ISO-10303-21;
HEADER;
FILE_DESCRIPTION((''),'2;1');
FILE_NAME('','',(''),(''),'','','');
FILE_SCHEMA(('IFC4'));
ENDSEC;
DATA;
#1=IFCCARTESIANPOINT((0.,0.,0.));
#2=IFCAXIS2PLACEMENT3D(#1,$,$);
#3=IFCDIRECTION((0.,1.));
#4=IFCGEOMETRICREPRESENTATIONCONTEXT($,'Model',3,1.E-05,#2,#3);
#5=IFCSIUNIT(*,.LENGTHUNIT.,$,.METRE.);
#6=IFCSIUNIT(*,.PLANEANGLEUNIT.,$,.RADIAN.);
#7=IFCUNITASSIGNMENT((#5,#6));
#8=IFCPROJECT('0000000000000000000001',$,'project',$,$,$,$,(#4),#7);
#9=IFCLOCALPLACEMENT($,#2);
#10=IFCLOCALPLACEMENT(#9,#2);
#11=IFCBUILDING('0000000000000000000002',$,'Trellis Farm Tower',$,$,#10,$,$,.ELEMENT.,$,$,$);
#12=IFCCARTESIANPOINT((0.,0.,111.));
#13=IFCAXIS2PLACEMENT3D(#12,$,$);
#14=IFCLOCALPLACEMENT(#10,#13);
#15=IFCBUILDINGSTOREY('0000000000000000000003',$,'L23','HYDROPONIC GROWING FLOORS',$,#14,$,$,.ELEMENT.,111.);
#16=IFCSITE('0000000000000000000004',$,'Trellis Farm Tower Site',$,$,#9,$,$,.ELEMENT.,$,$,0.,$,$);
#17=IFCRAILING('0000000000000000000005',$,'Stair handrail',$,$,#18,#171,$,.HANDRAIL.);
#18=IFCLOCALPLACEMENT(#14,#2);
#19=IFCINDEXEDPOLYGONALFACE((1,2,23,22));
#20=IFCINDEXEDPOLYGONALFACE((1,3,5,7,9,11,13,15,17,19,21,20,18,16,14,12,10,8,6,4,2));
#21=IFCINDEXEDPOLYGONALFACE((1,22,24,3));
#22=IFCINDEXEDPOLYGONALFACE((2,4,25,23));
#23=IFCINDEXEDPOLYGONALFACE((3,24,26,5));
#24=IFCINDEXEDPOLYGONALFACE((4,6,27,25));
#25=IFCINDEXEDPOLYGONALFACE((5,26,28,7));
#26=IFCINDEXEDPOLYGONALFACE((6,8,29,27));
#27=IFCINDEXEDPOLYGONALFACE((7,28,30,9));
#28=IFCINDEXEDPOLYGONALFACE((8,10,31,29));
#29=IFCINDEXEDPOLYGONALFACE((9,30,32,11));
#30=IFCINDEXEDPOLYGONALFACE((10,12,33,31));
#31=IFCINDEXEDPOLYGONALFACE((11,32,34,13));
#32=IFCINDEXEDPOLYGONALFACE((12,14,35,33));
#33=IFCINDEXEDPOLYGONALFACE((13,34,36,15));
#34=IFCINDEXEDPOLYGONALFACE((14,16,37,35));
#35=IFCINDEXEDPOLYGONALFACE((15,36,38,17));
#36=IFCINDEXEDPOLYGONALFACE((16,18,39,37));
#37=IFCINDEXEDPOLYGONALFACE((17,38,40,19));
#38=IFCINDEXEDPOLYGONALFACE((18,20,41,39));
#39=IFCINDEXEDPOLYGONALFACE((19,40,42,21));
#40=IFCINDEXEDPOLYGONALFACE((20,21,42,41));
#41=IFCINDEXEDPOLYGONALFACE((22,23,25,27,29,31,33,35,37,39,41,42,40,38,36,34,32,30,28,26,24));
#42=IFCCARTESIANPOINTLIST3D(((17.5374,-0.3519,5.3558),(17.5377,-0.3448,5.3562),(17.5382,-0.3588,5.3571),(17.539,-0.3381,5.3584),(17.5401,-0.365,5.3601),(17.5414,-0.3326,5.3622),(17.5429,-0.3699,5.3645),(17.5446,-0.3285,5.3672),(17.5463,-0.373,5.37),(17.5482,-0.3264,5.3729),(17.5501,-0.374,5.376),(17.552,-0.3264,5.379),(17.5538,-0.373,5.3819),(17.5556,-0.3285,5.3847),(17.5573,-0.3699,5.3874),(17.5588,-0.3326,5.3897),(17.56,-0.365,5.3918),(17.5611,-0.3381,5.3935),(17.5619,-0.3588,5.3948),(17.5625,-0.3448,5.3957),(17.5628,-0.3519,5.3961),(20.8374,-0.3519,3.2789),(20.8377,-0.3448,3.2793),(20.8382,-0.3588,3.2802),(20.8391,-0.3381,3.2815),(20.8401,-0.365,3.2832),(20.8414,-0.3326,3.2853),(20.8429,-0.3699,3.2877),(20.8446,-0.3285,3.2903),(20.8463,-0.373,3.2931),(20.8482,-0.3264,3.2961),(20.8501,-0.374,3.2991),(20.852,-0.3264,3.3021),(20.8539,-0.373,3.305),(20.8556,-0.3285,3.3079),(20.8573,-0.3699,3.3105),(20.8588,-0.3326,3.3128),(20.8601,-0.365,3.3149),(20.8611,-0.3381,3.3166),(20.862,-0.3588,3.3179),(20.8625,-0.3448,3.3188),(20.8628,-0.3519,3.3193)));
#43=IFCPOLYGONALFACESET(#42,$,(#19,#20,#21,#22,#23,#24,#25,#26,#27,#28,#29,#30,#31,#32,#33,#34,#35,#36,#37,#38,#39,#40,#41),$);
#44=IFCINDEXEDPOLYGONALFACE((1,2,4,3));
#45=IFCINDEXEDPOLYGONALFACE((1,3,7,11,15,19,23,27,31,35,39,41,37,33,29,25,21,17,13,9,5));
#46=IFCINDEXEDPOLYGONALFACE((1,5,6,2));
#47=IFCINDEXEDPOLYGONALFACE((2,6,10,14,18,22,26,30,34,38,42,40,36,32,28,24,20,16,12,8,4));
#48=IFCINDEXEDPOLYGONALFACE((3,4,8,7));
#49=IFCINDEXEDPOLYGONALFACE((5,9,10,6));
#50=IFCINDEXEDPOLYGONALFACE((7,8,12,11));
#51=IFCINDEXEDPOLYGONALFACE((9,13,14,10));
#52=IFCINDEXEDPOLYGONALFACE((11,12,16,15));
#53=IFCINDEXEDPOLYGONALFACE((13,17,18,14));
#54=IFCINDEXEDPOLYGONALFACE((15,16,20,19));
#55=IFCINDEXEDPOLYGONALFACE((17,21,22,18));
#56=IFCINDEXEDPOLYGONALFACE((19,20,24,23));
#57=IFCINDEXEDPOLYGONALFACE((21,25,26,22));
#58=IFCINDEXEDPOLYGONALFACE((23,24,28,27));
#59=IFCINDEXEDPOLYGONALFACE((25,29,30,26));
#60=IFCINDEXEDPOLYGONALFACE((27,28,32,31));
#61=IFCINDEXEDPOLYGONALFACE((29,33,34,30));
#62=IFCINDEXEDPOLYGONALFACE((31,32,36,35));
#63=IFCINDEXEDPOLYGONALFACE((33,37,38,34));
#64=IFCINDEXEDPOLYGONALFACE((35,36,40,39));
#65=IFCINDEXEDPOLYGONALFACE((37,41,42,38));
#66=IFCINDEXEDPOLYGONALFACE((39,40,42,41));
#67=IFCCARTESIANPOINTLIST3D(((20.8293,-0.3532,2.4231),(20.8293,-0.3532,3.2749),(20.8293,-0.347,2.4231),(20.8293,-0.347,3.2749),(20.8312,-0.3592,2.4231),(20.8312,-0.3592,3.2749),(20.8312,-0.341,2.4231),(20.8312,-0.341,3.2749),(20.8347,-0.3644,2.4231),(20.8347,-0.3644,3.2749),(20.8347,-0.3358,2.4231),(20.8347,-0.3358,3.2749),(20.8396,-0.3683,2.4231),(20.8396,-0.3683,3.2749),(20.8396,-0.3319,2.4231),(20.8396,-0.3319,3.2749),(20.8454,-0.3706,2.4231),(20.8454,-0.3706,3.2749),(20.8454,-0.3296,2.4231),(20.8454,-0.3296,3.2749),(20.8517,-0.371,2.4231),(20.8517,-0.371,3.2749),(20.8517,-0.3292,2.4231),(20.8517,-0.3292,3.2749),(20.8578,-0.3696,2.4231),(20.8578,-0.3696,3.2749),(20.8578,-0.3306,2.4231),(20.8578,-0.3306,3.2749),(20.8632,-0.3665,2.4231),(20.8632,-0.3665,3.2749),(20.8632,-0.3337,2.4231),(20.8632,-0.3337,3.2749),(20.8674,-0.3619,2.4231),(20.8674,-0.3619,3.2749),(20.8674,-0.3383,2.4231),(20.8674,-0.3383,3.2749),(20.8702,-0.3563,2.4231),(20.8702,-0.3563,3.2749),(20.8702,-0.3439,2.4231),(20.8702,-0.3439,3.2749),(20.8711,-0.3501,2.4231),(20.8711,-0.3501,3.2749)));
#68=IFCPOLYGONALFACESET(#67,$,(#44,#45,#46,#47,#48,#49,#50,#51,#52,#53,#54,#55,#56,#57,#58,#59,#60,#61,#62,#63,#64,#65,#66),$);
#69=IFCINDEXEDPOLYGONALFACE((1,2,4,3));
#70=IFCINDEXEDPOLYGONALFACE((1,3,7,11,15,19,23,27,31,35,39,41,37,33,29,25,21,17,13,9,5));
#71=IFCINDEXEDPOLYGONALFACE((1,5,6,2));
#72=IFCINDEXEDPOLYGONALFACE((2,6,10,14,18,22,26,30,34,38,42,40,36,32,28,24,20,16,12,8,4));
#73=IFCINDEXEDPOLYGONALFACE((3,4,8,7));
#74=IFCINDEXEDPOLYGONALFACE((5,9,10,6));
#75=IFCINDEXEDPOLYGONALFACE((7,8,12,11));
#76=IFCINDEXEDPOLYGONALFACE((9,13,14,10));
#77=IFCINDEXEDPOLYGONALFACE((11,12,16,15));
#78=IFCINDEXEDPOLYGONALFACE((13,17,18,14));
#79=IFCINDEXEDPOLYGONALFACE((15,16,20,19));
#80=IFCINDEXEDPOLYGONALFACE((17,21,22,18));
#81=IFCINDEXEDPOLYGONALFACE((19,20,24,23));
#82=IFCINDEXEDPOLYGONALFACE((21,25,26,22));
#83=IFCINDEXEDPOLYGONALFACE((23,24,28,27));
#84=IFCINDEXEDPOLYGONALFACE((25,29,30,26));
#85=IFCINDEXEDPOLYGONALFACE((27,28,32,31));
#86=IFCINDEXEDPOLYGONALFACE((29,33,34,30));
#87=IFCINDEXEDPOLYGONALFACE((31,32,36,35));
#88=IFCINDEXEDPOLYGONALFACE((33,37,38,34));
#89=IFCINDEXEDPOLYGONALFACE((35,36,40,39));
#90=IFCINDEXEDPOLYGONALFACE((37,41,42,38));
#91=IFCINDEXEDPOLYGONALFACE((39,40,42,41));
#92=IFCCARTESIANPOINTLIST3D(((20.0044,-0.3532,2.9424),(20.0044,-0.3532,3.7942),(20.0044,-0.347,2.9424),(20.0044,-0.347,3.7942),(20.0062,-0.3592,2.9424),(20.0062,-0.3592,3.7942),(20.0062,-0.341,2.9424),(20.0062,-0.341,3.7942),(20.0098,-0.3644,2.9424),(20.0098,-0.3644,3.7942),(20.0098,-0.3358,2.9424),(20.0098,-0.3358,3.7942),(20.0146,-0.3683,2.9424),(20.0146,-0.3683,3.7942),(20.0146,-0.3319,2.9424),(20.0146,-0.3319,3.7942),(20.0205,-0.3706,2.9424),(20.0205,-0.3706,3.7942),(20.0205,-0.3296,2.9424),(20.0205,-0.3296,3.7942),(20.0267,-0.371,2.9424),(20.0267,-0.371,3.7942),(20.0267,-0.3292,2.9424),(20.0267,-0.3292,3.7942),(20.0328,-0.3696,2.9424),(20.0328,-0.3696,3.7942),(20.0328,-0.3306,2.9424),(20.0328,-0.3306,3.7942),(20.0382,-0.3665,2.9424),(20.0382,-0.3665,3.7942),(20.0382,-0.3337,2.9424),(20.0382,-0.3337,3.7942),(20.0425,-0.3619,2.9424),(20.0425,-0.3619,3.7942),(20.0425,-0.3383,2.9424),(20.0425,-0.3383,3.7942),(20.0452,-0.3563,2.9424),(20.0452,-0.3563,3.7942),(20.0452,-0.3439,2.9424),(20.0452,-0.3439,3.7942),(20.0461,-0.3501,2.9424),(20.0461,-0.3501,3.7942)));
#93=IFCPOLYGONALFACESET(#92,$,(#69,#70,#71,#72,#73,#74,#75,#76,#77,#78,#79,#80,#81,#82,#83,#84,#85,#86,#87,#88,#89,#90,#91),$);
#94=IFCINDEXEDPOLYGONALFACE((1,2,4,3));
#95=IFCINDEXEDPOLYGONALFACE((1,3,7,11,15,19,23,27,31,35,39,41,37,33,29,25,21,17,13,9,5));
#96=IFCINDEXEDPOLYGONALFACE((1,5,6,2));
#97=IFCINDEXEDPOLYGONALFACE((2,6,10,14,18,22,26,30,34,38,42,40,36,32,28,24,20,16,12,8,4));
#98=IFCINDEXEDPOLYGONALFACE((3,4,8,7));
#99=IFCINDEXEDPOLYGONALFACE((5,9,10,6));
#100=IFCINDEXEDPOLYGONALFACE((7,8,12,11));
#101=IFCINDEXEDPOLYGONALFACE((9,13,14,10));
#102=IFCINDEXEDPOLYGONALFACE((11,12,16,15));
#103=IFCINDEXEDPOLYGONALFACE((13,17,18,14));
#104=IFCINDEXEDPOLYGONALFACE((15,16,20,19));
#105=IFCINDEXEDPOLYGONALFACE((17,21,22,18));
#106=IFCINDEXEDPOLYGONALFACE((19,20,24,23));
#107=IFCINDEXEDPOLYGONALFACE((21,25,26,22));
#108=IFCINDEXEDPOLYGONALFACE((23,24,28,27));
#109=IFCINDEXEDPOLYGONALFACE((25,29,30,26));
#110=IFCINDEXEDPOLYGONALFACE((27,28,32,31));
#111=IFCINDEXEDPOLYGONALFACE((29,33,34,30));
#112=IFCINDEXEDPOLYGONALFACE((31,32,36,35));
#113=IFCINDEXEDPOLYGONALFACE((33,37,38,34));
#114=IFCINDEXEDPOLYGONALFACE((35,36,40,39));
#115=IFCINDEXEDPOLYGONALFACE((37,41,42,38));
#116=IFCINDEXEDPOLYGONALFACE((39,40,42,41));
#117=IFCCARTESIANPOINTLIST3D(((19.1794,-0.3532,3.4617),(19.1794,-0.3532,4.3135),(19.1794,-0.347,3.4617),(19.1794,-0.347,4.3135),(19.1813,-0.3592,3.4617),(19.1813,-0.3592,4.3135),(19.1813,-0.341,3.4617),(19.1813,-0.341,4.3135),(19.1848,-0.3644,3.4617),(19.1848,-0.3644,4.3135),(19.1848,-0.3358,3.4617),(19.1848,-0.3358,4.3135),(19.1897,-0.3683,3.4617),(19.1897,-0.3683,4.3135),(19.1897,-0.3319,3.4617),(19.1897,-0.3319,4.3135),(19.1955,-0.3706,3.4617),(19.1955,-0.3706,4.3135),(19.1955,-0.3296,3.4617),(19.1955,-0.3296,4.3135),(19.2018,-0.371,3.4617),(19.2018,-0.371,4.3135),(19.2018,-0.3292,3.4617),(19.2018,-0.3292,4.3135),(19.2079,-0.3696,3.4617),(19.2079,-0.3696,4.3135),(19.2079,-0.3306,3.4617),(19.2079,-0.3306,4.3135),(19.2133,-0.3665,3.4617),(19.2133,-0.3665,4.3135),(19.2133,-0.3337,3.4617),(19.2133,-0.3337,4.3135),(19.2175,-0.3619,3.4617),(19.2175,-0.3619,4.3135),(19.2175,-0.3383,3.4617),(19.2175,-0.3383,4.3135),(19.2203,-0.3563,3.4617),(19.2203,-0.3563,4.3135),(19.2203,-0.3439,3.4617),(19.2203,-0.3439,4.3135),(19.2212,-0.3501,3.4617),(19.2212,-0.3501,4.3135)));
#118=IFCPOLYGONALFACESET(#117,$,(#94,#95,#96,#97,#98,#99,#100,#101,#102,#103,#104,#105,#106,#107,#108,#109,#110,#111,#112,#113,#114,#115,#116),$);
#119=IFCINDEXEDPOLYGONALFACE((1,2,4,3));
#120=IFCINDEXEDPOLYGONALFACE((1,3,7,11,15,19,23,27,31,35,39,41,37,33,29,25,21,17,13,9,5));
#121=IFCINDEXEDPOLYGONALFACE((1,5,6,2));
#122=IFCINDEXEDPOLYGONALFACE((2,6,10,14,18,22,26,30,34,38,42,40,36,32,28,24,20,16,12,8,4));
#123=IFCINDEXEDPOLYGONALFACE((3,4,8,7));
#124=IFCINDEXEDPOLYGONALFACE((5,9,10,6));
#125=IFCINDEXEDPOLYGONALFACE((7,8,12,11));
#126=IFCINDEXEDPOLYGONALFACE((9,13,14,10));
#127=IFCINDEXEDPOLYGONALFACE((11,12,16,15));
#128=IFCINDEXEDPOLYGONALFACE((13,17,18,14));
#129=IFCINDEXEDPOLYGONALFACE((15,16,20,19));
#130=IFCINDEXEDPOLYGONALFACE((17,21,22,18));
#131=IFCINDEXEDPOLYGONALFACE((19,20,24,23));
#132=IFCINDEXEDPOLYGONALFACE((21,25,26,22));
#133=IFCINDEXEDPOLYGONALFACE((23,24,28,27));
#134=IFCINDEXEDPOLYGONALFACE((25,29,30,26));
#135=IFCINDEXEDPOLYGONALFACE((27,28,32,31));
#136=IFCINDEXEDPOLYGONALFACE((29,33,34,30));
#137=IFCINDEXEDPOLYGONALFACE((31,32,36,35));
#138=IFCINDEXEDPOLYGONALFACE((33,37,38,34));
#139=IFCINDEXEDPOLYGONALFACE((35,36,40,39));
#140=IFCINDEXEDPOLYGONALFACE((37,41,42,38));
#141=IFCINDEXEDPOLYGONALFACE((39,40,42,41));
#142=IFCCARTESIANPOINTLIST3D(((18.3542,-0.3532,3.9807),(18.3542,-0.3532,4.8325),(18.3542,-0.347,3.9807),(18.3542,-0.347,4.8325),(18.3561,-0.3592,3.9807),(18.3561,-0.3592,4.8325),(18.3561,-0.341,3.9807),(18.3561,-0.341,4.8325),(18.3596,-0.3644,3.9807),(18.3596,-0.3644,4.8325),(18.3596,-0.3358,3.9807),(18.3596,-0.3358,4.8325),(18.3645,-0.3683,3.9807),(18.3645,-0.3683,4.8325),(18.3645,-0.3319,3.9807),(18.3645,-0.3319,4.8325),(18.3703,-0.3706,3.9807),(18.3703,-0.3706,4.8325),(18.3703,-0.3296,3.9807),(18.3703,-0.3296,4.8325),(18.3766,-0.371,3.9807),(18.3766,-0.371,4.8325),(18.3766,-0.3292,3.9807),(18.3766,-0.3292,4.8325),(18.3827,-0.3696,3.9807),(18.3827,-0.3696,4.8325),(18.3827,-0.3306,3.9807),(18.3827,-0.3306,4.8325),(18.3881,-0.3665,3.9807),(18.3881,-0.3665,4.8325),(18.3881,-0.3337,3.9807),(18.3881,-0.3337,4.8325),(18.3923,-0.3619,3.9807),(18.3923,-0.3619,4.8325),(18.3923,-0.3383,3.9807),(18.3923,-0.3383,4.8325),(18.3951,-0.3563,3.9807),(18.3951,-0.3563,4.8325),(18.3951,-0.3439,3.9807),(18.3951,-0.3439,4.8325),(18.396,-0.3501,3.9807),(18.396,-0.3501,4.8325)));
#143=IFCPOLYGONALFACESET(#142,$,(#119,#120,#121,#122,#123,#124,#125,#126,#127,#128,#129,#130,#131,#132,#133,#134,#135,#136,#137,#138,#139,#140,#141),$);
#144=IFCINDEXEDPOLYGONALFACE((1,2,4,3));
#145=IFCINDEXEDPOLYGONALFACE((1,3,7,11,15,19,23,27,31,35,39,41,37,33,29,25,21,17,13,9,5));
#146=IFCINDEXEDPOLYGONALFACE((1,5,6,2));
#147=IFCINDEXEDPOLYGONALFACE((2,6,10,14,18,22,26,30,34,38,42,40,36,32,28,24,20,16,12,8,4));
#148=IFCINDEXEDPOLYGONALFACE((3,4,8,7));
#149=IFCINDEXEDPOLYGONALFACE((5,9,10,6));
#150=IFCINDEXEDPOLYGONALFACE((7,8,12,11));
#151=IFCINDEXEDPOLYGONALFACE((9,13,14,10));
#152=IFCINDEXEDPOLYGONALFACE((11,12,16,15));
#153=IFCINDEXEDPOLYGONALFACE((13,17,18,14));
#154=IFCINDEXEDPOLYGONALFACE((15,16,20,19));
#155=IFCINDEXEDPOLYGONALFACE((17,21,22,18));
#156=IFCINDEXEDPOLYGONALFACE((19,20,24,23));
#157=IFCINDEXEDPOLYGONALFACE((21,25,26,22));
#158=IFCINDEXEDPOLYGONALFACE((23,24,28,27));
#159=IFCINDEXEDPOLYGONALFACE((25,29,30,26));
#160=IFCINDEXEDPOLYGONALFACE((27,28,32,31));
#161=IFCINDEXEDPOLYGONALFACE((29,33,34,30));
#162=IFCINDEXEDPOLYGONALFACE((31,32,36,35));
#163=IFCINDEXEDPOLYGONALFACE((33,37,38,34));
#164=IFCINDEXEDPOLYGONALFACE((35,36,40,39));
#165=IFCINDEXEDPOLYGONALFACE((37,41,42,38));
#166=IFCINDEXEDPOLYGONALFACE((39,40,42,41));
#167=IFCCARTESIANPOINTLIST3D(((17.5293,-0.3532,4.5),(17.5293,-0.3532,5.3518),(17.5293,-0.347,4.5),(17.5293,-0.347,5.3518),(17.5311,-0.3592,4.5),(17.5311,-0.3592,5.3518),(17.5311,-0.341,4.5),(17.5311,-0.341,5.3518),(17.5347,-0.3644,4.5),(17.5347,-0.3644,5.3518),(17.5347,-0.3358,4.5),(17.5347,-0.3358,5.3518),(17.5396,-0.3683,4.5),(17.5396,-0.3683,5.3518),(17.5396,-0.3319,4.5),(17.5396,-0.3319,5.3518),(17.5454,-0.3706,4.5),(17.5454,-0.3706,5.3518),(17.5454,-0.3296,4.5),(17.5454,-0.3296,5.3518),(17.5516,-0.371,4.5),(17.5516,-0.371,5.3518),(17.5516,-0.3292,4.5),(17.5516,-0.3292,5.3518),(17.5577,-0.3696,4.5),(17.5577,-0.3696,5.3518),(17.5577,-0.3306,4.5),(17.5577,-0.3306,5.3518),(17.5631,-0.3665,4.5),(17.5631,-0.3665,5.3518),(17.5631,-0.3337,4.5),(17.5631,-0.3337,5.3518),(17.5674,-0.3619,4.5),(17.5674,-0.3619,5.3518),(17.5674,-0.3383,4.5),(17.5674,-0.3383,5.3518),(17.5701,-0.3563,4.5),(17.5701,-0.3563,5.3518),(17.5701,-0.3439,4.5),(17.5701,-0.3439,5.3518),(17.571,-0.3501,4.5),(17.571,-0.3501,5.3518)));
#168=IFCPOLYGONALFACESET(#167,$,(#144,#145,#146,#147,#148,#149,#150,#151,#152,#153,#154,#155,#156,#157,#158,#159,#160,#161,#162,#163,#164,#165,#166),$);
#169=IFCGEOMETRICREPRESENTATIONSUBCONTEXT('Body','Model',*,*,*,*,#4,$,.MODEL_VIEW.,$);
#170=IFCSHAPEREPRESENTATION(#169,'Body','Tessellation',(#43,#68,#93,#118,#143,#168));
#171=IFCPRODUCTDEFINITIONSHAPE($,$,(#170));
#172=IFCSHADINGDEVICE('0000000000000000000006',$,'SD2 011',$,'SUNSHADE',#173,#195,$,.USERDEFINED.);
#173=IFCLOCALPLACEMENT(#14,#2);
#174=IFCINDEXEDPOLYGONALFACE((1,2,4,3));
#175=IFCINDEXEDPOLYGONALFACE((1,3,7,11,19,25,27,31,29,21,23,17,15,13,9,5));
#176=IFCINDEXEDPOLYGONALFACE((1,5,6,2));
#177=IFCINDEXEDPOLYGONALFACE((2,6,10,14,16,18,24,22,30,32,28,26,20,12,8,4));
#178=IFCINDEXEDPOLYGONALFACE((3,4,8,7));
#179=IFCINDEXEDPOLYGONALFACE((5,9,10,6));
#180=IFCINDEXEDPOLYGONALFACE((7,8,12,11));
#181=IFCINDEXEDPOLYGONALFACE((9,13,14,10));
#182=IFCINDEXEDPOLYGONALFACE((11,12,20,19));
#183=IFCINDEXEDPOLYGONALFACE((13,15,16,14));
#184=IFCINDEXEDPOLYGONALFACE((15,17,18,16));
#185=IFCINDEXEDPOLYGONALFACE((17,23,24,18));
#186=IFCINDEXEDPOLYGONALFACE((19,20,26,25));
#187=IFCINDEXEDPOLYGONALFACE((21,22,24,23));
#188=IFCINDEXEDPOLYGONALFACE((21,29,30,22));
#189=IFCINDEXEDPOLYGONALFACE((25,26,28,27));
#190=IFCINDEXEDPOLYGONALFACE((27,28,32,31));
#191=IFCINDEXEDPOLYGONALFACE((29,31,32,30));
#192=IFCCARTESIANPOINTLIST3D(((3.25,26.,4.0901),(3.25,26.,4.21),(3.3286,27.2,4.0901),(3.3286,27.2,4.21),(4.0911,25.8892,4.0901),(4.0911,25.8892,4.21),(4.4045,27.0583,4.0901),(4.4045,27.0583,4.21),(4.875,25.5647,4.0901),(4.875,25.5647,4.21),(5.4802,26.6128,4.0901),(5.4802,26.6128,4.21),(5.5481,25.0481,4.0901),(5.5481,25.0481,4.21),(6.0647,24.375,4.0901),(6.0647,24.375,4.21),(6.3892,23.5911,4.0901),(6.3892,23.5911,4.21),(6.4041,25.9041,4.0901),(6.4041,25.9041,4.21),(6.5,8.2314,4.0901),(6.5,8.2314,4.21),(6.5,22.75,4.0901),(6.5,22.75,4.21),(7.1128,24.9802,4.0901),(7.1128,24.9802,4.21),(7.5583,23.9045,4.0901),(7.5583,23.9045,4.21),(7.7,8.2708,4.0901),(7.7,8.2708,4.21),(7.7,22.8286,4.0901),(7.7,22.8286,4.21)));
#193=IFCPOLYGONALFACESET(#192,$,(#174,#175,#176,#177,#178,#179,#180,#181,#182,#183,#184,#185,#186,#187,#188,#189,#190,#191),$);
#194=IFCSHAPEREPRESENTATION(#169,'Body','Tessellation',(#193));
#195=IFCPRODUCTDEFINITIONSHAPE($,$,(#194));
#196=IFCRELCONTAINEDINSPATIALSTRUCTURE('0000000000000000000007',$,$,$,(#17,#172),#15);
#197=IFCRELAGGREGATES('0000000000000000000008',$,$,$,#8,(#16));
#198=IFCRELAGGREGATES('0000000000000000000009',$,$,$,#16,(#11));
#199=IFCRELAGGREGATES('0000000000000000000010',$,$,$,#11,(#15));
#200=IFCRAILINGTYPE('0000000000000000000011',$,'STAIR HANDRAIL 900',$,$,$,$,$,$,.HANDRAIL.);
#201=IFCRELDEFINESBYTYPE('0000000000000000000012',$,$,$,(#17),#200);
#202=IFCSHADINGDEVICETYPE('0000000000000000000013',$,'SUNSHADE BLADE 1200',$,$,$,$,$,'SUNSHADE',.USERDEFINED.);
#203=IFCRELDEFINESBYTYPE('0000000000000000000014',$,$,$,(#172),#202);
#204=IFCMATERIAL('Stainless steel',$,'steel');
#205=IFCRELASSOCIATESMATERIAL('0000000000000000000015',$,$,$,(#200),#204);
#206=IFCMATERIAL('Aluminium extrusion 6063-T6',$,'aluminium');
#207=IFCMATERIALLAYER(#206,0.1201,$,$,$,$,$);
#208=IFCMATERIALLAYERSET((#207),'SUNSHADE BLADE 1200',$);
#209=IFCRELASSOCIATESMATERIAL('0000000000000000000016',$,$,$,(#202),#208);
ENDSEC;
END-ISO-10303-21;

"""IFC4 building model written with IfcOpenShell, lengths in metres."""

from ifc_helpers import new_model, si_unit, direction, frame, origin, origin_2d, place, context, subcontext, project, spatial, polyline, circle, outline, extrude, source, transform, mapped, material, layer, layer_set, type_object, element, save


model = new_model("IFC4")

# Units and contexts
model_context = context("Model", 3, precision=1e-05, world=origin(), true_north=direction((0.0, 1.0)))
body_context = subcontext(model_context, "Body", "Model", "MODEL_VIEW")
ifc_project = project(units=[si_unit("LENGTHUNIT", "METRE"), si_unit("PLANEANGLEUNIT", "RADIAN")], contexts=[model_context])

# Site, building, storey
site_placement = place(None, origin())
site = spatial("IfcSite", under=ifc_project, at=site_placement, Name="Trellis Farm Tower Site", CompositionType="ELEMENT", RefElevation=0.0)
building_placement = place(site_placement, origin())
building = spatial("IfcBuilding", under=site, at=building_placement, Name="Trellis Farm Tower", CompositionType="ELEMENT")
storey_placement = place(building_placement, frame((0.0, 0.0, 111.0)))
storey = spatial("IfcBuildingStorey", under=building, at=storey_placement, Name="L23", Description="HYDROPONIC GROWING FLOORS", CompositionType="ELEMENT", Elevation=111.0)

# Shared definitions
ifc_material_1 = material(Name="Aluminium extrusion 6063-T6", Category="aluminium")

# Shared definitions
ifc_material_2 = material(Name="Stainless steel", Category="steel")

# Railing
railing_type = type_object("IfcRailingType", Name="STAIR HANDRAIL 900", PredefinedType="HANDRAIL", material=ifc_material_2)
shared_shape_1 = source(origin(), body_context, "Body", "SweptSolid", [
    extrude(circle(Radius=0.0239, at=origin_2d()), frame((0.0, 0.0, 0.876), z_axis=(-0.846337, 0.0, 0.532647), x_axis=(0.0, -1.0, 0.0)), (0.0, 0.0, 1.0), 3.8992),
    extrude(circle(Radius=0.021, at=origin_2d()), origin(), (0.0, 0.0, 1.0), 0.8518),
    extrude(circle(Radius=0.021, at=origin_2d()), frame((-0.825, 0.0, 0.5193)), (0.0, 0.0, 1.0), 0.8518),
    extrude(circle(Radius=0.021, at=origin_2d()), frame((-1.6499, 0.0, 1.0386)), (0.0, 0.0, 1.0), 0.8518),
    extrude(circle(Radius=0.021, at=origin_2d()), frame((-2.4751, 0.0, 1.5576)), (0.0, 0.0, 1.0), 0.8518),
    extrude(circle(Radius=0.021, at=origin_2d()), frame((-3.3, 0.0, 2.0769)), (0.0, 0.0, 1.0), 0.8518),
])
for number, where, name in (
    (1, (20.8501, -0.3501, 2.4231), "Stair handrail"),
):
    element("IfcRailing", number, at=place(storey_placement, frame(where)), inside=storey, type_object=railing_type, Name=name, PredefinedType="HANDRAIL", context=body_context, shape_type="MappedRepresentation", body=[
        mapped(shared_shape_1, transform((0.0, 0.0, 0.0))),
    ])

# Shading device
ifc_layer_1 = layer(ifc_material_1, 0.1201)
ifc_layer_set_1 = layer_set([ifc_layer_1], Name="SUNSHADE BLADE 1200")
shading_device_type = type_object("IfcShadingDeviceType", Name="SUNSHADE BLADE 1200", ElementType="SUNSHADE", PredefinedType="USERDEFINED", material=ifc_layer_set_1)
shared_shape_2 = source(origin(), body_context, "Body", "SweptSolid", [
    extrude(outline(polyline([(7.7, 8.2708), (7.7, 22.8286), (7.5583, 23.9045), (7.1128, 24.9802), (6.4041, 25.9041), (5.4802, 26.6128), (4.4045, 27.0583), (3.3286, 27.2), (3.25, 26.0), (4.0911, 25.8892), (4.875, 25.5647), (5.5481, 25.0481), (6.0647, 24.375), (6.3892, 23.5911), (6.5, 22.75), (6.5, 8.2314), (7.7, 8.2708)])), origin(), (0.0, 0.0, 1.0), 0.1199),
])
shading_device_placement = place(storey_placement, frame((0.0, 0.0, 4.0901)))
element("IfcShadingDevice", 2, at=shading_device_placement, inside=storey, type_object=shading_device_type, Name="SD2 011", ObjectType="SUNSHADE", PredefinedType="USERDEFINED", context=body_context, shape_type="MappedRepresentation", body=[
    mapped(shared_shape_2, transform((0.0, 0.0, 0.0))),
])

save(model, "model.ifc")
